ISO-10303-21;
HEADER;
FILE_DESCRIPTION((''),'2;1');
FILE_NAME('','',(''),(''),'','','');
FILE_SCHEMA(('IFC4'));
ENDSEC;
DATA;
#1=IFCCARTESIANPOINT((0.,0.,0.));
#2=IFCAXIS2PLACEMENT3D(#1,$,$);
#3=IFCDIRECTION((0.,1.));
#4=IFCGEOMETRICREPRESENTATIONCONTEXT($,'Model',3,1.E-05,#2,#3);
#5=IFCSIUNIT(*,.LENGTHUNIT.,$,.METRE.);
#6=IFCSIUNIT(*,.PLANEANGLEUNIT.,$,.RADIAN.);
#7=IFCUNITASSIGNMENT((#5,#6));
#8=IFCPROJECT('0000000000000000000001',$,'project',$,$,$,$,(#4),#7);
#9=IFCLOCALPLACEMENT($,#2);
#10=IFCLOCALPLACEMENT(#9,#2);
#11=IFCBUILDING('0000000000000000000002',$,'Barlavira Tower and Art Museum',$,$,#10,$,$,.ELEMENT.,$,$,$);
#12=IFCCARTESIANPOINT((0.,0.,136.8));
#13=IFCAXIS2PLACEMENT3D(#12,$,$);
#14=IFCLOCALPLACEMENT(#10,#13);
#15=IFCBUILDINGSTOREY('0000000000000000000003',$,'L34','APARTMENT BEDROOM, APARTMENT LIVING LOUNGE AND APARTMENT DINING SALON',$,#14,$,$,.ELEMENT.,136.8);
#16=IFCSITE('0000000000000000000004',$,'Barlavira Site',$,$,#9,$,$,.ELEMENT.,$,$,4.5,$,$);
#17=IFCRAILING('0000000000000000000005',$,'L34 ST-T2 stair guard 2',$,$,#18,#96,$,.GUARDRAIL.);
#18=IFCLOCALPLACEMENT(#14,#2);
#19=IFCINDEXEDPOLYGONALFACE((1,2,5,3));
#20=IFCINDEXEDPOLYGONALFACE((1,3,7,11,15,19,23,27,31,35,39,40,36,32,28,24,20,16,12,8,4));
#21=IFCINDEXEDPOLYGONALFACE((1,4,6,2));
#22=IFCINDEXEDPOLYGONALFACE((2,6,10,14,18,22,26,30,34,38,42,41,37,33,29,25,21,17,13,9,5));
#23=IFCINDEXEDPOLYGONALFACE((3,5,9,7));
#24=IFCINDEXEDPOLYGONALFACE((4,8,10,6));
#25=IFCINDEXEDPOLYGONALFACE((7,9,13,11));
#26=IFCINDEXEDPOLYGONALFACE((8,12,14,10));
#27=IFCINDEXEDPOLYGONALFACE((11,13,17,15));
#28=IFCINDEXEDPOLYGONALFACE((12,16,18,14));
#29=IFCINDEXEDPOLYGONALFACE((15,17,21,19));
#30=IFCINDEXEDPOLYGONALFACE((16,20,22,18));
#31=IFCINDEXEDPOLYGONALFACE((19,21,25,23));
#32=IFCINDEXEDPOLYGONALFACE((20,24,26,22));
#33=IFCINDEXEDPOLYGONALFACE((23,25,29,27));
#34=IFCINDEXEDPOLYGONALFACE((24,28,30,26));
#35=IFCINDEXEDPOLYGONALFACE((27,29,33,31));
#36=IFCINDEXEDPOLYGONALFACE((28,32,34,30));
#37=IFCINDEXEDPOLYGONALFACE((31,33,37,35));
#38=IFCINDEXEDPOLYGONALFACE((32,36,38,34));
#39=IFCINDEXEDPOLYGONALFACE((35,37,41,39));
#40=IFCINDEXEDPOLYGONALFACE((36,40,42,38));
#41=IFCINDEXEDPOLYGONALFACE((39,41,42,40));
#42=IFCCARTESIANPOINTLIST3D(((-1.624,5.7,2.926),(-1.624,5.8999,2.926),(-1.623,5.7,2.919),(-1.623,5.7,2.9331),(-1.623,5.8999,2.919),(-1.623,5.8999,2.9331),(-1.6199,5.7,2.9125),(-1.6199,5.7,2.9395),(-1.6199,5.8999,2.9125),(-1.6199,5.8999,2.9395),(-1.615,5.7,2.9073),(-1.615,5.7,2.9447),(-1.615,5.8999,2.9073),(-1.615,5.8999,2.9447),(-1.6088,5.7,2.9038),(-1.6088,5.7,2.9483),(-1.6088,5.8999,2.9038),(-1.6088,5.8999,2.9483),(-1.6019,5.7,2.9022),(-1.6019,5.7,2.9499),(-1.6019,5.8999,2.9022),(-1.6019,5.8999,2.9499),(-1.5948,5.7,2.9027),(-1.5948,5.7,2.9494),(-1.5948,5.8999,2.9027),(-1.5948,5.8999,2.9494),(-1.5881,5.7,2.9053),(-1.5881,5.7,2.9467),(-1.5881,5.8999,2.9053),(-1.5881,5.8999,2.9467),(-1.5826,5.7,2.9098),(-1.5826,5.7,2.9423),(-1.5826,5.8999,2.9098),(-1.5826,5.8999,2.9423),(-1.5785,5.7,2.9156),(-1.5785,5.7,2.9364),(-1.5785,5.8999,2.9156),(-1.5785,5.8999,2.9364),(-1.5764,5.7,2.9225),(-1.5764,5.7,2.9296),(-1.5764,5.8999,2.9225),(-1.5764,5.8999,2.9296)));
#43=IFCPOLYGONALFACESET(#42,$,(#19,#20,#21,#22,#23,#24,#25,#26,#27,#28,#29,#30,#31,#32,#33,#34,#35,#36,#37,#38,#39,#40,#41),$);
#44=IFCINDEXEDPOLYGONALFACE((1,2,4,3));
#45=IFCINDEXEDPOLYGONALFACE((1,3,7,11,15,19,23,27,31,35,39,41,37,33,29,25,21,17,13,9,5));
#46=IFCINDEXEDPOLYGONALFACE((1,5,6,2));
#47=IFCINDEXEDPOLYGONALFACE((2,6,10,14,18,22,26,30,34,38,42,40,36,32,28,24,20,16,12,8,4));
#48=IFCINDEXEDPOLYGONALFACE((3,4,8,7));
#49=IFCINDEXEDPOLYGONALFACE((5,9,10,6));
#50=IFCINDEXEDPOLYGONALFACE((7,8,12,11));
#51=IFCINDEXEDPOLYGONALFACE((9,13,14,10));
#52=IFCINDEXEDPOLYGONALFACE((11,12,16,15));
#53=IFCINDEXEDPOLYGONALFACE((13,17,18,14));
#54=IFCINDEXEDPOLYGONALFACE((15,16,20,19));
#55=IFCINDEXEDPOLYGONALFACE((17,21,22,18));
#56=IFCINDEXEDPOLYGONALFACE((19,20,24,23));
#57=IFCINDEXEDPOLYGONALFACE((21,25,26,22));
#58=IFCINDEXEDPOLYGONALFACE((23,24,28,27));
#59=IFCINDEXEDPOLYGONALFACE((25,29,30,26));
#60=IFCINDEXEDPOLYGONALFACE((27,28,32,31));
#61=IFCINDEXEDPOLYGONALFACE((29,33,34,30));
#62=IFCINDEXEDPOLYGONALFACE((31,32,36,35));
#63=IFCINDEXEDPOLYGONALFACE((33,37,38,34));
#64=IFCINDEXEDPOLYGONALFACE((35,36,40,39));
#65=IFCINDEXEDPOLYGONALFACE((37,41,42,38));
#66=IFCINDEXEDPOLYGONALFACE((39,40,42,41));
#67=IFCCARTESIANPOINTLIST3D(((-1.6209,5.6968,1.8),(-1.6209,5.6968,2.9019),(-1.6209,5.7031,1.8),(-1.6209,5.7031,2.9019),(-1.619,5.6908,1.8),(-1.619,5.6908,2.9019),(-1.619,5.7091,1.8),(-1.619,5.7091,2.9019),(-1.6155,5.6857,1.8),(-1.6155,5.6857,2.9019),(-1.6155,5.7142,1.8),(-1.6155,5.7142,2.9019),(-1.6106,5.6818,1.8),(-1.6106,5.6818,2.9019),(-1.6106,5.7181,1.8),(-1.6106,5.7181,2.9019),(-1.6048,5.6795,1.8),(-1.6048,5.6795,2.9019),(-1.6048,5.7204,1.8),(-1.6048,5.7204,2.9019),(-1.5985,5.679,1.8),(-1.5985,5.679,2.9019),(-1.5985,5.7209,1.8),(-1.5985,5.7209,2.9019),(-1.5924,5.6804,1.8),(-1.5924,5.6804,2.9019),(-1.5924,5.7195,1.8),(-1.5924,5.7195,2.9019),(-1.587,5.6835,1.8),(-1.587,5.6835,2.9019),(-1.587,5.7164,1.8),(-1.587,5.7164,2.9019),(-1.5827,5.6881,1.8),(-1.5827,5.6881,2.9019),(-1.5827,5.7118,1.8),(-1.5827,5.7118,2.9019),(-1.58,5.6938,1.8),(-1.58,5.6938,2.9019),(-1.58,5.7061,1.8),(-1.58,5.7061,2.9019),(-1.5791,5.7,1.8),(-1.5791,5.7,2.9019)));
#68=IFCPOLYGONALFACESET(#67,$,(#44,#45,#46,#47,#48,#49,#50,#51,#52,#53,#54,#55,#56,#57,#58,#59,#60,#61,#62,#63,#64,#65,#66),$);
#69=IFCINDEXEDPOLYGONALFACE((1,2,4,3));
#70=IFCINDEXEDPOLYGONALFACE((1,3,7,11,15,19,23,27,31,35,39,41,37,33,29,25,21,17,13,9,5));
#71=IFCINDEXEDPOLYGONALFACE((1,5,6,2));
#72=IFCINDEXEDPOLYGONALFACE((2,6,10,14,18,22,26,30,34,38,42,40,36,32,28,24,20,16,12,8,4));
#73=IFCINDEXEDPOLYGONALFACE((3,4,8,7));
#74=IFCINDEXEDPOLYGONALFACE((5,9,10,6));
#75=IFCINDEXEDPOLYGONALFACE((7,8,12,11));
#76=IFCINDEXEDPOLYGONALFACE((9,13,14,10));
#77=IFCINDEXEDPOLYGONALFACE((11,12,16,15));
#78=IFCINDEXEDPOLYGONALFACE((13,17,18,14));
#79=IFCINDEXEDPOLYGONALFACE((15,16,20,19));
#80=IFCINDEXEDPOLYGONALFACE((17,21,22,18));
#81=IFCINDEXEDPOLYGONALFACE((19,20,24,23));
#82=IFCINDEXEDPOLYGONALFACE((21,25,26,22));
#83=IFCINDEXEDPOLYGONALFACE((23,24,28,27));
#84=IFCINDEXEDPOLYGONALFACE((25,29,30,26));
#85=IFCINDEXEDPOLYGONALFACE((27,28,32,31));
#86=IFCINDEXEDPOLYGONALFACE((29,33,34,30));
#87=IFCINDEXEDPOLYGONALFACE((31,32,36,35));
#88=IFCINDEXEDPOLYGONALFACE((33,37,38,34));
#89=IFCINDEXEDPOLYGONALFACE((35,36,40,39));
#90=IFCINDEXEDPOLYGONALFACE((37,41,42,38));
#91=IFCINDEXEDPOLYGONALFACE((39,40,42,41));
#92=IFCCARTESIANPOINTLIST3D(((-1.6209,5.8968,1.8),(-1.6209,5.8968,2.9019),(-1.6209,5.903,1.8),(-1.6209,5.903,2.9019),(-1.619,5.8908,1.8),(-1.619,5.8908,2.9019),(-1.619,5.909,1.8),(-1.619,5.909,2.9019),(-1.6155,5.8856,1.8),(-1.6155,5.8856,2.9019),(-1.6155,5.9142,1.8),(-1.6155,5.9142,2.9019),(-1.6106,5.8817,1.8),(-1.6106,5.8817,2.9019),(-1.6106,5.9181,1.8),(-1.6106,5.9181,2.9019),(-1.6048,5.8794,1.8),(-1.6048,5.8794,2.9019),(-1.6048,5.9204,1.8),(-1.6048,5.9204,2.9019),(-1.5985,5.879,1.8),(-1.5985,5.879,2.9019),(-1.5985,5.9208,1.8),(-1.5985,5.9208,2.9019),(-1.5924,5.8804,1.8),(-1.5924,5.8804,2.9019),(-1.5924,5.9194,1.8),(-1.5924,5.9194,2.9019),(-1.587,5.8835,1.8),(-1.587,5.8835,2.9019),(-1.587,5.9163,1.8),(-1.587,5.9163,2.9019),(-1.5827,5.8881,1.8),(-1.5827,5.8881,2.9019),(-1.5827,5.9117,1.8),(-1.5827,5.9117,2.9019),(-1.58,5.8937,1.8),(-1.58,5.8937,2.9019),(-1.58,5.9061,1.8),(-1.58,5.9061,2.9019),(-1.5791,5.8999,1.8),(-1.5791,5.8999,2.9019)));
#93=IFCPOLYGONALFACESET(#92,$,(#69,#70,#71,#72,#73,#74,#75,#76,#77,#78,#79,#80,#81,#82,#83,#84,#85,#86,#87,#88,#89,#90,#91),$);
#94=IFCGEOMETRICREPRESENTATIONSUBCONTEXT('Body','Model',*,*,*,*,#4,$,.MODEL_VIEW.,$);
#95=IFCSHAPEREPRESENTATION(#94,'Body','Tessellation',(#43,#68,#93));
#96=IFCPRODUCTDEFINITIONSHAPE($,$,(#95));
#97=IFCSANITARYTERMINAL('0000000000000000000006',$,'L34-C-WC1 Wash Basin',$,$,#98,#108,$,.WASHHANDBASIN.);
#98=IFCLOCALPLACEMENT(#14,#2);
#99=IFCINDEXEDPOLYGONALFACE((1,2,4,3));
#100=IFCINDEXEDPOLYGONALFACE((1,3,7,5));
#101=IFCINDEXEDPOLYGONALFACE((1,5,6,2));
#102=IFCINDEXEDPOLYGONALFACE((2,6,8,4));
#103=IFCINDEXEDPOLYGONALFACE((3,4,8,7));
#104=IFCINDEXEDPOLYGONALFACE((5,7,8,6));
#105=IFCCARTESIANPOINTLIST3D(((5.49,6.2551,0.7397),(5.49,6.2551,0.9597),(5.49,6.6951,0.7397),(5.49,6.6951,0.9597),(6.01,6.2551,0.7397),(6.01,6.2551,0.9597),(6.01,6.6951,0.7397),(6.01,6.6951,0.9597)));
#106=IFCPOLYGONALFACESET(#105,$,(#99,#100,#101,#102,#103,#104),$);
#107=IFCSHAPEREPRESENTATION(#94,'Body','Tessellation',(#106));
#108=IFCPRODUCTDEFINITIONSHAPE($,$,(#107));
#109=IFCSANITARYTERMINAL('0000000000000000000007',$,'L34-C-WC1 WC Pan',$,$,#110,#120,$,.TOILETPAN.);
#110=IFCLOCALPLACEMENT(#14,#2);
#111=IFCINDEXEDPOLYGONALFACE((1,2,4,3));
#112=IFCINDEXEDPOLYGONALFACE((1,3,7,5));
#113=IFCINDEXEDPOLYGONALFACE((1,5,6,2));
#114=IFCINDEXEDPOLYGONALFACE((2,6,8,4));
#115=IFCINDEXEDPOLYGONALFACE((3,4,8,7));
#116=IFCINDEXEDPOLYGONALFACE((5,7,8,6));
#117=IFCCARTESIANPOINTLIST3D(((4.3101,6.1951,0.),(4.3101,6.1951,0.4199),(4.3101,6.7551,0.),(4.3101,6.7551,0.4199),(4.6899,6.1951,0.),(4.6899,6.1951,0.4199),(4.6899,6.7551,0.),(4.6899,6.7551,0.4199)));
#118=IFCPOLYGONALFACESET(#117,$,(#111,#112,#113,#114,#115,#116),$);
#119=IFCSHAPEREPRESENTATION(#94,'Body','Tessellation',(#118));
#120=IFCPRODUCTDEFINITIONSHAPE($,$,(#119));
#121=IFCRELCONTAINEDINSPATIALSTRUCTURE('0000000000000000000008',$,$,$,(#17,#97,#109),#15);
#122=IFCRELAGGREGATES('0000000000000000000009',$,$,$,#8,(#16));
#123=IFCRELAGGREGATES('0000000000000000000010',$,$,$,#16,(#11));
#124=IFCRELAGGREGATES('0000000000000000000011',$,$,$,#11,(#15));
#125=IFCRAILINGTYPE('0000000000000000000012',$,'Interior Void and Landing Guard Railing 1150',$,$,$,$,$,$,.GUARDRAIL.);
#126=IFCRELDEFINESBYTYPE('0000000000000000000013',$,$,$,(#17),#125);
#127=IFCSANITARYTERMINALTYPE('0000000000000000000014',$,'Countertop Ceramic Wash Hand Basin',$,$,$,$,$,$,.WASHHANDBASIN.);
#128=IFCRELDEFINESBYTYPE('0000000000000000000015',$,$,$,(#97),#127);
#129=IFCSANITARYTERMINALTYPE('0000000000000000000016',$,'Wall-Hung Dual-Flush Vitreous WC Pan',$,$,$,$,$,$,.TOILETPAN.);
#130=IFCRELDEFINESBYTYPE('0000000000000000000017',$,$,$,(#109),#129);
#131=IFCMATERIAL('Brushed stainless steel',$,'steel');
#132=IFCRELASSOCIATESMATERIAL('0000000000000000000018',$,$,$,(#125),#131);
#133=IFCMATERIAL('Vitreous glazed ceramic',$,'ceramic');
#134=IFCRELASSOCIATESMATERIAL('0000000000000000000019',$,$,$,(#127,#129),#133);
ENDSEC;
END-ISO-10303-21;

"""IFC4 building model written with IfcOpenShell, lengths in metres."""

from ifc_helpers import new_model, si_unit, direction, frame, origin, origin_2d, place, context, subcontext, project, spatial, rectangle, circle, extrude, material, type_object, element, save


model = new_model("IFC4")

# Units and contexts
model_context = context("Model", 3, precision=1e-05, world=origin(), true_north=direction((0.0, 1.0)))
body_context = subcontext(model_context, "Body", "Model", "MODEL_VIEW")
ifc_project = project(units=[si_unit("LENGTHUNIT", "METRE"), si_unit("PLANEANGLEUNIT", "RADIAN")], contexts=[model_context])

# Site, building, storey
site_placement = place(None, origin())
site = spatial("IfcSite", under=ifc_project, at=site_placement, Name="Barlavira Site", CompositionType="ELEMENT", RefElevation=4.5)
building_placement = place(site_placement, origin())
building = spatial("IfcBuilding", under=site, at=building_placement, Name="Barlavira Tower and Art Museum", CompositionType="ELEMENT")
storey_placement = place(building_placement, frame((0.0, 0.0, 136.8)))
storey = spatial("IfcBuildingStorey", under=building, at=storey_placement, Name="L34", Description="APARTMENT BEDROOM, APARTMENT LIVING LOUNGE AND APARTMENT DINING SALON", CompositionType="ELEMENT", Elevation=136.8)

# Shared definitions
ifc_material_1 = material(Name="Brushed stainless steel", Category="steel")

# Railing
railing_type = type_object("IfcRailingType", Name="Interior Void and Landing Guard Railing 1150", PredefinedType="GUARDRAIL", material=ifc_material_1)
railing_placement = place(storey_placement, frame((-1.6001, 5.7, 1.8)))
element("IfcRailing", 1, at=railing_placement, inside=storey, type_object=railing_type, Name="L34 ST-T2 stair guard 2", PredefinedType="GUARDRAIL", context=body_context, shape_type="SweptSolid", body=[
    extrude(circle(Radius=0.0239, at=origin_2d()), frame((0.0, 0.0, 1.126), z_axis=(0.0, 1.0, 0.0), x_axis=(-1.0, 0.0, 0.0)), (0.0, 0.0, 1.0), 0.2),
    extrude(circle(Radius=0.021, at=origin_2d()), origin(), (0.0, 0.0, 1.0), 1.1018),
    extrude(circle(Radius=0.021, at=origin_2d()), frame((0.0, 0.2, 0.0)), (0.0, 0.0, 1.0), 1.1018),
])

# Sanitary terminals
ifc_material_2 = material(Name="Vitreous glazed ceramic", Category="ceramic")
sanitary_terminal_type_1 = type_object("IfcSanitaryTerminalType", Name="Countertop Ceramic Wash Hand Basin", PredefinedType="WASHHANDBASIN", material=ifc_material_2)
sanitary_terminal_1_placement = place(storey_placement, frame((5.75, 6.4751, 0.7397), z_axis=(0.0, 0.0, 1.0), x_axis=(1.0, 0.0, 0.0)))
element("IfcSanitaryTerminal", 2, at=sanitary_terminal_1_placement, inside=storey, type_object=sanitary_terminal_type_1, Name="L34-C-WC1 Wash Basin", PredefinedType="WASHHANDBASIN", context=body_context, shape_type="SweptSolid", body=[
    extrude(rectangle(XDim=0.52, YDim=0.4399, at=origin_2d()), origin(), (0.0, 0.0, 1.0), 0.22),
])
sanitary_terminal_type_2 = type_object("IfcSanitaryTerminalType", Name="Wall-Hung Dual-Flush Vitreous WC Pan", PredefinedType="TOILETPAN", material=ifc_material_2)
sanitary_terminal_2_placement = place(storey_placement, frame((4.5, 6.4751, 0.0), z_axis=(0.0, 0.0, 1.0), x_axis=(1.0, 0.0, 0.0)))
element("IfcSanitaryTerminal", 3, at=sanitary_terminal_2_placement, inside=storey, type_object=sanitary_terminal_type_2, Name="L34-C-WC1 WC Pan", PredefinedType="TOILETPAN", context=body_context, shape_type="SweptSolid", body=[
    extrude(rectangle(XDim=0.3799, YDim=0.5601, at=origin_2d()), origin(), (0.0, 0.0, 1.0), 0.4199),
])

save(model, "model.ifc")
